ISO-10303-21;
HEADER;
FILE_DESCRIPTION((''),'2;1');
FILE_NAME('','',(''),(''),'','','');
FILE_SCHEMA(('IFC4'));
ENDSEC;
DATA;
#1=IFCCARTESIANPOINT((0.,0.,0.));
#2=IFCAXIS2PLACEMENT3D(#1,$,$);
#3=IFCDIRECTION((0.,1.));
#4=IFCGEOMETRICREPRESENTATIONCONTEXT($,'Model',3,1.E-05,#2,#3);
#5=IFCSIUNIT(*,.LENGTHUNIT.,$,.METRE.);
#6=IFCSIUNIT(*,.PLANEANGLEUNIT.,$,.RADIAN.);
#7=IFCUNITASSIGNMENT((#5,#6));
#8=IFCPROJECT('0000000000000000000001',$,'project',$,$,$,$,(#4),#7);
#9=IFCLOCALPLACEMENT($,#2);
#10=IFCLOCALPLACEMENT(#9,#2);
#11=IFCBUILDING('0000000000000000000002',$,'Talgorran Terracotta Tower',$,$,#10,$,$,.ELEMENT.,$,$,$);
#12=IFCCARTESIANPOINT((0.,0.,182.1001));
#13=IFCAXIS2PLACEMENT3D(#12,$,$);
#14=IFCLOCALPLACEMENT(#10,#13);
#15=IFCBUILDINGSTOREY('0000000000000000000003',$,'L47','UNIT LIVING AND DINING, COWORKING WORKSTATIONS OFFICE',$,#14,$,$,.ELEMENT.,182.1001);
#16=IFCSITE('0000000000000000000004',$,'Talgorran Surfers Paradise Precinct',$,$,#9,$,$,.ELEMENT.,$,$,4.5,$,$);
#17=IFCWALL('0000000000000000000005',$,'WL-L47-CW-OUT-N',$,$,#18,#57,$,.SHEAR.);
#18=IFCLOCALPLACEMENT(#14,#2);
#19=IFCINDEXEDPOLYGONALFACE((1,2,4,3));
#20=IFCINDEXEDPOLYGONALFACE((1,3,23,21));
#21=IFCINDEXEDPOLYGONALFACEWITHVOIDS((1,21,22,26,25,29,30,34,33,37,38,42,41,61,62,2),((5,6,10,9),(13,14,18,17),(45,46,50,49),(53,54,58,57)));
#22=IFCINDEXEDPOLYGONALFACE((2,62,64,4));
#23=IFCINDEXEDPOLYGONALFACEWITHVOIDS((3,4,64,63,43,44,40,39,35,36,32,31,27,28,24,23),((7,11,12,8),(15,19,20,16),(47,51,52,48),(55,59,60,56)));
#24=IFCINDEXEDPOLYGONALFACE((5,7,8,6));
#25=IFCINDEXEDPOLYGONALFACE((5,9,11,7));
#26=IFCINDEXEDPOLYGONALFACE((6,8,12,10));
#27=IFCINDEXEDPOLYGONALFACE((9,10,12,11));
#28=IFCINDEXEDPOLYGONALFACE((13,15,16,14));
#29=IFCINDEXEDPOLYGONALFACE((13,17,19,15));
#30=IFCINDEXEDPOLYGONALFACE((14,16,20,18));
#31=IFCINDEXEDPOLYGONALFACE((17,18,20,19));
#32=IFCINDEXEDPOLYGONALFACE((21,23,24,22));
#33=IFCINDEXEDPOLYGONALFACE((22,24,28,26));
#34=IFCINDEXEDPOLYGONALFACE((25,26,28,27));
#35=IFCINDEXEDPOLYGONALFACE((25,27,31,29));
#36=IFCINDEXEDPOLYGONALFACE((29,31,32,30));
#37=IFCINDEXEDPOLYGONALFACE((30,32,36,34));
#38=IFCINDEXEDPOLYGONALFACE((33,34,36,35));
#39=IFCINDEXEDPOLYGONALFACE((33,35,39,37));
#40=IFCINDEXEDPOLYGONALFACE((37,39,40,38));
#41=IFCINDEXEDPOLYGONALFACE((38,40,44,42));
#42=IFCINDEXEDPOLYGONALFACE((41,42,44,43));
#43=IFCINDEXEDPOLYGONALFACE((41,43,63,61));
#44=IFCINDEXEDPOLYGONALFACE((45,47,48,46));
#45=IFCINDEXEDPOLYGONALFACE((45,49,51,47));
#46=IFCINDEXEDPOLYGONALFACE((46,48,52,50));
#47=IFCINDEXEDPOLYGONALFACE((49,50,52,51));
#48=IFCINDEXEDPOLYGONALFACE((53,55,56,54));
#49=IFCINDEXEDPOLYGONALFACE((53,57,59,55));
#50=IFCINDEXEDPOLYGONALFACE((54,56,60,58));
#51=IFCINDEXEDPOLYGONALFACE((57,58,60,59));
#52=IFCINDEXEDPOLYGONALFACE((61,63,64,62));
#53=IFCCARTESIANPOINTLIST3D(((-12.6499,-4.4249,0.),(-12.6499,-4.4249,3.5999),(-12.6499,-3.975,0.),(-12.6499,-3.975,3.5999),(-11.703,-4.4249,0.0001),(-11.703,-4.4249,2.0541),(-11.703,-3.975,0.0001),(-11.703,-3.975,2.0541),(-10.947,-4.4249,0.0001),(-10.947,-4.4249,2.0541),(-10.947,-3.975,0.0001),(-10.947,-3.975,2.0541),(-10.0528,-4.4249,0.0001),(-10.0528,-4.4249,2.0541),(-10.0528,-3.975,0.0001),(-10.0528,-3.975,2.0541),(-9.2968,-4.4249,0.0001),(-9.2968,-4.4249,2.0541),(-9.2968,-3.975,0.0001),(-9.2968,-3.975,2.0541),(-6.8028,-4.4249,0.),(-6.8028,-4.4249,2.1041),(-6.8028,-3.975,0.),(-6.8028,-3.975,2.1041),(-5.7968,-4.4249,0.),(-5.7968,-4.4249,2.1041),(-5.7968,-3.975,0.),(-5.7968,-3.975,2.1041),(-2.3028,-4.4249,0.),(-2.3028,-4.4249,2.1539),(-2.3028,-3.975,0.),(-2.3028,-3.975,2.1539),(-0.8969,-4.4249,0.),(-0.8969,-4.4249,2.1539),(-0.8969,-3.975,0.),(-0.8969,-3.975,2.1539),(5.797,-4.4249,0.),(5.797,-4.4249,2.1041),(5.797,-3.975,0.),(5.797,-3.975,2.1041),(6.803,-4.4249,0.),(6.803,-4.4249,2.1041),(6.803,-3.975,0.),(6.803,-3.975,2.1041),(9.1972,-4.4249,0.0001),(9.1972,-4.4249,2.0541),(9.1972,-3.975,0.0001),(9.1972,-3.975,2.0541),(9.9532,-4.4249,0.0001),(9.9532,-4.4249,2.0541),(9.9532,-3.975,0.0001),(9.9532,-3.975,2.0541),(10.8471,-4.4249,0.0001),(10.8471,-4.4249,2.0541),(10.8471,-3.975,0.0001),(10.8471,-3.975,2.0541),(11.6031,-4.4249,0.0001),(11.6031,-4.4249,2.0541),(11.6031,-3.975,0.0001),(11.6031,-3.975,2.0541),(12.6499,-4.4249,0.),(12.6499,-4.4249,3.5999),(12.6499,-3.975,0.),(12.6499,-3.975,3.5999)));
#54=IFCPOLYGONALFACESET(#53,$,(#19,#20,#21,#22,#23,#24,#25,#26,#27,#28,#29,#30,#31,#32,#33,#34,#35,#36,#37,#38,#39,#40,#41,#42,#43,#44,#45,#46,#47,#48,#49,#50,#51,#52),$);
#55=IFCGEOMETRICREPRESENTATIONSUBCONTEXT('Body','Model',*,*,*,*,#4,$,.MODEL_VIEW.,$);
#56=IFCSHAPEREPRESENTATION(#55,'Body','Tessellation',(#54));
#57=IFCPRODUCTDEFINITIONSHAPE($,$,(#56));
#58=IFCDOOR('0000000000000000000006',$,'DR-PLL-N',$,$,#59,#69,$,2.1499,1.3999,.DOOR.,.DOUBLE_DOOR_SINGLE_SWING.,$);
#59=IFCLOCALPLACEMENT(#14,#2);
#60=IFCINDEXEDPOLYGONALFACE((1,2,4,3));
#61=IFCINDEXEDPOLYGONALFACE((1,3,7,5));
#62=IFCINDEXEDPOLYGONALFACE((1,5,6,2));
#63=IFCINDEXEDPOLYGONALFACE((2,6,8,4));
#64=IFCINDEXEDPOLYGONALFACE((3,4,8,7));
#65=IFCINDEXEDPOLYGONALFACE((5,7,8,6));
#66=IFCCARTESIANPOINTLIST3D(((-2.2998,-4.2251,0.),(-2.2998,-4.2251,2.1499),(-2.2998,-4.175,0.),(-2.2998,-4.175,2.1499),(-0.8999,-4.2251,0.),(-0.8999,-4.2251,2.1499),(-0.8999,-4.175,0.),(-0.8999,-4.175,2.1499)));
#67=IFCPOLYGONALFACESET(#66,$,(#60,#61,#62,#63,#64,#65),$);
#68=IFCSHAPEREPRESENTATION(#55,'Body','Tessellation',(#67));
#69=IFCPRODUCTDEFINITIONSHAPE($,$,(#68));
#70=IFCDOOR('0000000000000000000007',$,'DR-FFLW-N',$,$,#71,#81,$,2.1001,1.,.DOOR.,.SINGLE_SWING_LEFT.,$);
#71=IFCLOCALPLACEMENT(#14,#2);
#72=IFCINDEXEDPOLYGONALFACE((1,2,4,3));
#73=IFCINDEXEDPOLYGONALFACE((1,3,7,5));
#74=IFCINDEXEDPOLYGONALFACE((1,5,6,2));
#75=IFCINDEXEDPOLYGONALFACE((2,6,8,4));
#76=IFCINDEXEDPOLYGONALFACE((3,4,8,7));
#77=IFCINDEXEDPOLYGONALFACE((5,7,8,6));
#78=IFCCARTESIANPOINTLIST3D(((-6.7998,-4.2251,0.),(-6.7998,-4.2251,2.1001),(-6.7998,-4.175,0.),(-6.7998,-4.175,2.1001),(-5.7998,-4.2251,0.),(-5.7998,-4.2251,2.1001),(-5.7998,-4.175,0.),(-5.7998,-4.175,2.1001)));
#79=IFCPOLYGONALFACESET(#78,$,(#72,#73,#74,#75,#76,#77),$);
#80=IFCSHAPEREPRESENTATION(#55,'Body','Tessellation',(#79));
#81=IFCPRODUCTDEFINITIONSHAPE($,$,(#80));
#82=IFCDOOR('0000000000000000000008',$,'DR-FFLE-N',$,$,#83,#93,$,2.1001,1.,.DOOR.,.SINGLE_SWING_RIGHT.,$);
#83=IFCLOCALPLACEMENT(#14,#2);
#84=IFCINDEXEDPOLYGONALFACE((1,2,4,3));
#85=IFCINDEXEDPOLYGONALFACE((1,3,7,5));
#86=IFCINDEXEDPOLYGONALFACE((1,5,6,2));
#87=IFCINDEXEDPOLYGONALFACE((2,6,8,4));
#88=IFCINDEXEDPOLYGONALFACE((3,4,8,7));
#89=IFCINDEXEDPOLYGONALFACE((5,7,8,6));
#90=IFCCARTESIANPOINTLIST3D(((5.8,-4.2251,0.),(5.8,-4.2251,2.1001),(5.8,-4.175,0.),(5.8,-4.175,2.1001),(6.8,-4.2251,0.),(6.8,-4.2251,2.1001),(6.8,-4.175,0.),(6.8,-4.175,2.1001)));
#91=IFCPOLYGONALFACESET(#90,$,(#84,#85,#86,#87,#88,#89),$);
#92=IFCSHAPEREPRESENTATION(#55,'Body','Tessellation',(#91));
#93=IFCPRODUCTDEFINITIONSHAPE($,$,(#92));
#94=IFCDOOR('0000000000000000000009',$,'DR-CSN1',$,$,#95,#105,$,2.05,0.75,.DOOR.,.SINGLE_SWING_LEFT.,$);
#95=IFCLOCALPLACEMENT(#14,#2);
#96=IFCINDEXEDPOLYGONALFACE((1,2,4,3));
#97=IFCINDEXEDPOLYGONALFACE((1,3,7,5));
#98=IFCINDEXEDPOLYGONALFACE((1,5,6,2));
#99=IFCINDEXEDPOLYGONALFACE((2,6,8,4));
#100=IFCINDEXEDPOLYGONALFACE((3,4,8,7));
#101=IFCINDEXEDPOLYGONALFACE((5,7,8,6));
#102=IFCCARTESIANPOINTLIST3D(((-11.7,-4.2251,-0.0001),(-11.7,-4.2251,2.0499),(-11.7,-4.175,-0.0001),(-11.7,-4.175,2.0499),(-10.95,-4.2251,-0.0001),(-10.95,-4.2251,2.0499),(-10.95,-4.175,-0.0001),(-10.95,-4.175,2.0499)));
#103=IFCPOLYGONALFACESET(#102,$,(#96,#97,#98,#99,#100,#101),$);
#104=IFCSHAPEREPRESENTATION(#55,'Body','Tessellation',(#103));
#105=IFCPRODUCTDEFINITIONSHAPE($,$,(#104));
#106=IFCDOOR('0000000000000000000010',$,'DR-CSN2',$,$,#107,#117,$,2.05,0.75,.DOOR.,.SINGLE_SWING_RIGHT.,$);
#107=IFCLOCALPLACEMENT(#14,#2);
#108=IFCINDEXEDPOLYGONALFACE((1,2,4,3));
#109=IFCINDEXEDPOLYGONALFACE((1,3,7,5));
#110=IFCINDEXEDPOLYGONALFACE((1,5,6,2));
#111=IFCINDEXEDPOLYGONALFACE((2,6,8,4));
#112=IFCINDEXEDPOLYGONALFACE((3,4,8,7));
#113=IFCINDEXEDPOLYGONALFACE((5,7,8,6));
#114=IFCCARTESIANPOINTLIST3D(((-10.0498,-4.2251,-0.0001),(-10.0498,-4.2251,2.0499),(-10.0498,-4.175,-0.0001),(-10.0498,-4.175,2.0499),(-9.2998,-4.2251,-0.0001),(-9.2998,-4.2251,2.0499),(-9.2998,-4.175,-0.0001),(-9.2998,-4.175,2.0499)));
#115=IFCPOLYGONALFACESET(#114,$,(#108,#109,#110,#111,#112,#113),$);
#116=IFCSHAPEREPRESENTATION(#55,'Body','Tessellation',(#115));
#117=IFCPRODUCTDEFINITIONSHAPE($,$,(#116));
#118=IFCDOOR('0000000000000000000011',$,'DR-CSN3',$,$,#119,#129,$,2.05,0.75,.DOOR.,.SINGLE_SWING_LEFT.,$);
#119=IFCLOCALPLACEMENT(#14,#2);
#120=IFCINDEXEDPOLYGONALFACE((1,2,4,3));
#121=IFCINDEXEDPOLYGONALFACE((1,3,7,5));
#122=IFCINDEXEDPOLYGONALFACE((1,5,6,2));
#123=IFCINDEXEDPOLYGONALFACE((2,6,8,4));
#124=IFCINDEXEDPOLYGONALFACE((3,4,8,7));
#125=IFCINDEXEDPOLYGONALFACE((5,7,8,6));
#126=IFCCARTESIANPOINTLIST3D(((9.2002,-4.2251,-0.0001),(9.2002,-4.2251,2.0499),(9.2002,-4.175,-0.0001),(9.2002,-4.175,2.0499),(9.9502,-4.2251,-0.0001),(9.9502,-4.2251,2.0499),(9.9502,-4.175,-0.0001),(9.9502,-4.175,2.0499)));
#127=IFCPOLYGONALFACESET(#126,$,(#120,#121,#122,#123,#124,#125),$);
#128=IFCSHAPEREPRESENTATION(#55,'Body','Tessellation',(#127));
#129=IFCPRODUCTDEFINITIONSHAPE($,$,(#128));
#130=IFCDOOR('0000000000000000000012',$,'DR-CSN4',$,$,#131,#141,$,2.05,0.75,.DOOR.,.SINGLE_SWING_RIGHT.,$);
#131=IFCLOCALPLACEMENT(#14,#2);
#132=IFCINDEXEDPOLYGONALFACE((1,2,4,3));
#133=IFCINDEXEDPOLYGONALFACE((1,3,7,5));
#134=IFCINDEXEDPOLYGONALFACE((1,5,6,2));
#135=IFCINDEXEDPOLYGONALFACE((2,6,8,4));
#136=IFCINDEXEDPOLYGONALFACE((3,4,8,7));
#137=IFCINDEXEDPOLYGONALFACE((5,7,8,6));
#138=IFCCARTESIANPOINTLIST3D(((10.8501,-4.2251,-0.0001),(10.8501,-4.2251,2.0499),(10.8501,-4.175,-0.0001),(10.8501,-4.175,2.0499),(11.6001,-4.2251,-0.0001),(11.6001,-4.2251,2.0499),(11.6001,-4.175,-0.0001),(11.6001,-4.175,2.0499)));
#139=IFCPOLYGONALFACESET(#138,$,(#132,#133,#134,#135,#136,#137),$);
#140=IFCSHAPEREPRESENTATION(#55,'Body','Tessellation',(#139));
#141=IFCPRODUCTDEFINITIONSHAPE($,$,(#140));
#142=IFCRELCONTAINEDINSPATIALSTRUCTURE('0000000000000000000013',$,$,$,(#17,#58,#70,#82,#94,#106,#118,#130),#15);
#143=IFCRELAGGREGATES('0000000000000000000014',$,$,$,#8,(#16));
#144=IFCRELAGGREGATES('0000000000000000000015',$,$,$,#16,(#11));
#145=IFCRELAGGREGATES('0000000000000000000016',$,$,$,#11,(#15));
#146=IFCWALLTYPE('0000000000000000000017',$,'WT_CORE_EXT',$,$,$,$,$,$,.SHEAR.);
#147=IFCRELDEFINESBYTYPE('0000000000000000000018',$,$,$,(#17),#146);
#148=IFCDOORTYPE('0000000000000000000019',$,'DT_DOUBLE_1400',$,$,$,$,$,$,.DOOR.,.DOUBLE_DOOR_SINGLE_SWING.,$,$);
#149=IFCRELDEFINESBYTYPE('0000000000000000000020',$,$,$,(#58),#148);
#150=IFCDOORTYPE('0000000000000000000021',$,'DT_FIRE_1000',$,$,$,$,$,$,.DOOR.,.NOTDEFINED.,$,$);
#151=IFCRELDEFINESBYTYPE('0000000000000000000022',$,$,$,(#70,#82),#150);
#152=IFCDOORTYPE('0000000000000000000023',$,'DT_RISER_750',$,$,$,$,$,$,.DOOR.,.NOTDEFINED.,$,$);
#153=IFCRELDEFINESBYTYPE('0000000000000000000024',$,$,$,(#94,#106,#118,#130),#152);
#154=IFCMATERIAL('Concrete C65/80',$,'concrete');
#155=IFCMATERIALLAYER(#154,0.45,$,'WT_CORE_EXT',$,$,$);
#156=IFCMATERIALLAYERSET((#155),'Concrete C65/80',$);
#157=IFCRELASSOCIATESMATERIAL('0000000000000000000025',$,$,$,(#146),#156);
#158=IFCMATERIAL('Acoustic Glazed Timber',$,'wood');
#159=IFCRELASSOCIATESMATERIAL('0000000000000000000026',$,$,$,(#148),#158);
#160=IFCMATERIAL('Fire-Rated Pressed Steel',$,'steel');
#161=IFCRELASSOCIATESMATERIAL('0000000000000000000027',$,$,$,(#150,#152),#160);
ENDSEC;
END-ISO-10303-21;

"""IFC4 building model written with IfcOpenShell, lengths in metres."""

from ifc_helpers import new_model, si_unit, direction, frame, frame_2d, origin, place, context, subcontext, project, spatial, rectangle, extrude, material, layer, layer_set, type_object, element, fill, save


model = new_model("IFC4")

# Units and contexts
model_context = context("Model", 3, precision=1e-05, world=origin(), true_north=direction((0.0, 1.0)))
body_context = subcontext(model_context, "Body", "Model", "MODEL_VIEW")
ifc_project = project(units=[si_unit("LENGTHUNIT", "METRE"), si_unit("PLANEANGLEUNIT", "RADIAN")], contexts=[model_context])

# Site, building, storey
site_placement = place(None, origin())
site = spatial("IfcSite", under=ifc_project, at=site_placement, Name="Talgorran Surfers Paradise Precinct", CompositionType="ELEMENT", RefElevation=4.5)
building_placement = place(site_placement, origin())
building = spatial("IfcBuilding", under=site, at=building_placement, Name="Talgorran Terracotta Tower", CompositionType="ELEMENT")
storey_placement = place(building_placement, frame((0.0, 0.0, 182.1001)))
storey = spatial("IfcBuildingStorey", under=building, at=storey_placement, Name="L47", Description="UNIT LIVING AND DINING, COWORKING WORKSTATIONS OFFICE", CompositionType="ELEMENT", Elevation=182.1001)

# Wall, openings, doors
ifc_material_1 = material(Name="Concrete C65/80", Category="concrete")
ifc_layer_1 = layer(ifc_material_1, 0.45, Name="WT_CORE_EXT")
ifc_layer_set_1 = layer_set([ifc_layer_1], Name="Concrete C65/80")
wall_type_1 = type_object("IfcWallType", Name="WT_CORE_EXT", PredefinedType="SHEAR", material=ifc_layer_set_1)
wall_1_placement = place(storey_placement, frame((-12.6499, -4.2, 0.0), z_axis=(0.0, 0.0, 1.0), x_axis=(1.0, 0.0, 0.0)))
wall_1 = element("IfcWall", 1, at=wall_1_placement, inside=storey, type_object=wall_type_1, Name="WL-L47-CW-OUT-N", PredefinedType="SHEAR", context=body_context, shape_type="SweptSolid", body=[
    extrude(rectangle(XDim=25.2998, YDim=0.45, at=frame_2d((12.6499, 0.0))), origin(), (0.0, 0.0, 1.0), 3.5999),
])
opening_1_placement = place(wall_1_placement, frame((0.95, 0.0, 0.0)))
opening_1 = element("IfcOpeningElement", 2, at=opening_1_placement, cuts=wall_1, PredefinedType="OPENING", context=body_context, shape_type="SweptSolid", body=[
    extrude(rectangle(XDim=0.756, YDim=2.054, at=frame_2d((0.375, 1.0271))), frame((0.0, 0.2349, 0.0), z_axis=(0.0, -1.0, 0.0), x_axis=(1.0, 0.0, 0.0)), (0.0, 0.0, 1.0), 0.47),
])
opening_2_placement = place(wall_1_placement, frame((2.6001, 0.0, 0.0)))
opening_2 = element("IfcOpeningElement", 3, at=opening_2_placement, cuts=wall_1, PredefinedType="OPENING", context=body_context, shape_type="SweptSolid", body=[
    extrude(rectangle(XDim=0.756, YDim=2.054, at=frame_2d((0.375, 1.0271))), frame((0.0, 0.2349, 0.0), z_axis=(0.0, -1.0, 0.0), x_axis=(1.0, 0.0, 0.0)), (0.0, 0.0, 1.0), 0.47),
])
opening_3_placement = place(wall_1_placement, frame((21.8501, 0.0, 0.0)))
opening_3 = element("IfcOpeningElement", 4, at=opening_3_placement, cuts=wall_1, PredefinedType="OPENING", context=body_context, shape_type="SweptSolid", body=[
    extrude(rectangle(XDim=0.756, YDim=2.054, at=frame_2d((0.375, 1.0271))), frame((0.0, 0.2349, 0.0), z_axis=(0.0, -1.0, 0.0), x_axis=(1.0, 0.0, 0.0)), (0.0, 0.0, 1.0), 0.47),
])
opening_4_placement = place(wall_1_placement, frame((23.5, 0.0, 0.0)))
opening_4 = element("IfcOpeningElement", 5, at=opening_4_placement, cuts=wall_1, PredefinedType="OPENING", context=body_context, shape_type="SweptSolid", body=[
    extrude(rectangle(XDim=0.756, YDim=2.054, at=frame_2d((0.375, 1.0271))), frame((0.0, 0.2349, 0.0), z_axis=(0.0, -1.0, 0.0), x_axis=(1.0, 0.0, 0.0)), (0.0, 0.0, 1.0), 0.47),
])
opening_5_placement = place(wall_1_placement, frame((5.8501, 0.0, 0.0)))
opening_5 = element("IfcOpeningElement", 6, at=opening_5_placement, cuts=wall_1, PredefinedType="OPENING", context=body_context, shape_type="SweptSolid", body=[
    extrude(rectangle(XDim=1.006, YDim=2.1041, at=frame_2d((0.5, 1.052))), frame((0.0, 0.2349, 0.0), z_axis=(0.0, -1.0, 0.0), x_axis=(1.0, 0.0, 0.0)), (0.0, 0.0, 1.0), 0.47),
])
opening_6_placement = place(wall_1_placement, frame((10.3501, 0.0, 0.0)))
opening_6 = element("IfcOpeningElement", 7, at=opening_6_placement, cuts=wall_1, PredefinedType="OPENING", context=body_context, shape_type="SweptSolid", body=[
    extrude(rectangle(XDim=1.4059, YDim=2.1539, at=frame_2d((0.7, 1.0769))), frame((0.0, 0.2349, 0.0), z_axis=(0.0, -1.0, 0.0), x_axis=(1.0, 0.0, 0.0)), (0.0, 0.0, 1.0), 0.47),
])
opening_7_placement = place(wall_1_placement, frame((18.45, 0.0, 0.0)))
opening_7 = element("IfcOpeningElement", 8, at=opening_7_placement, cuts=wall_1, PredefinedType="OPENING", context=body_context, shape_type="SweptSolid", body=[
    extrude(rectangle(XDim=1.006, YDim=2.1041, at=frame_2d((0.5, 1.052))), frame((0.0, 0.2349, 0.0), z_axis=(0.0, -1.0, 0.0), x_axis=(1.0, 0.0, 0.0)), (0.0, 0.0, 1.0), 0.47),
])
ifc_material_2 = material(Name="Acoustic Glazed Timber", Category="wood")
door_type_1 = type_object("IfcDoorType", Name="DT_DOUBLE_1400", OperationType="DOUBLE_DOOR_SINGLE_SWING", PredefinedType="DOOR", material=ifc_material_2)
door_1_placement = place(opening_6_placement, origin())
door_1 = element("IfcDoor", 9, at=door_1_placement, inside=storey, type_object=door_type_1, Name="DR-PLL-N", OperationType="DOUBLE_DOOR_SINGLE_SWING", OverallHeight=2.1499, OverallWidth=1.3999, PredefinedType="DOOR", context=body_context, shape_type="SweptSolid", body=[
    extrude(rectangle(XDim=1.3999, YDim=2.1499, at=frame_2d((0.7, 1.075))), frame((0.0, 0.0249, 0.0), z_axis=(0.0, -1.0, 0.0), x_axis=(1.0, 0.0, 0.0)), (0.0, 0.0, 1.0), 0.05),
])
fill(opening_6, door_1)
ifc_material_3 = material(Name="Fire-Rated Pressed Steel", Category="steel")
door_type_2 = type_object("IfcDoorType", Name="DT_FIRE_1000", OperationType="NOTDEFINED", PredefinedType="DOOR", material=ifc_material_3)
door_2_placement = place(opening_5_placement, origin())
door_2 = element("IfcDoor", 10, at=door_2_placement, inside=storey, type_object=door_type_2, Name="DR-FFLW-N", OperationType="SINGLE_SWING_LEFT", OverallHeight=2.1001, OverallWidth=1.0, PredefinedType="DOOR", context=body_context, shape_type="SweptSolid", body=[
    extrude(rectangle(XDim=1.0, YDim=2.1001, at=frame_2d((0.5, 1.05))), frame((0.0, 0.0249, 0.0), z_axis=(0.0, -1.0, 0.0), x_axis=(1.0, 0.0, 0.0)), (0.0, 0.0, 1.0), 0.05),
])
fill(opening_5, door_2)
door_3_placement = place(opening_7_placement, origin())
door_3 = element("IfcDoor", 11, at=door_3_placement, inside=storey, type_object=door_type_2, Name="DR-FFLE-N", OperationType="SINGLE_SWING_RIGHT", OverallHeight=2.1001, OverallWidth=1.0, PredefinedType="DOOR", context=body_context, shape_type="SweptSolid", body=[
    extrude(rectangle(XDim=1.0, YDim=2.1001, at=frame_2d((0.5, 1.05))), frame((0.0, 0.0249, 0.0), z_axis=(0.0, -1.0, 0.0), x_axis=(1.0, 0.0, 0.0)), (0.0, 0.0, 1.0), 0.05),
])
fill(opening_7, door_3)
door_type_3 = type_object("IfcDoorType", Name="DT_RISER_750", OperationType="NOTDEFINED", PredefinedType="DOOR", material=ifc_material_3)
door_4_placement = place(opening_1_placement, origin())
door_4 = element("IfcDoor", 12, at=door_4_placement, inside=storey, type_object=door_type_3, Name="DR-CSN1", OperationType="SINGLE_SWING_LEFT", OverallHeight=2.05, OverallWidth=0.75, PredefinedType="DOOR", context=body_context, shape_type="SweptSolid", body=[
    extrude(rectangle(XDim=0.75, YDim=2.05, at=frame_2d((0.375, 1.0249))), frame((0.0, 0.0249, 0.0), z_axis=(0.0, -1.0, 0.0), x_axis=(1.0, 0.0, 0.0)), (0.0, 0.0, 1.0), 0.05),
])
fill(opening_1, door_4)
door_5_placement = place(opening_2_placement, origin())
door_5 = element("IfcDoor", 13, at=door_5_placement, inside=storey, type_object=door_type_3, Name="DR-CSN2", OperationType="SINGLE_SWING_RIGHT", OverallHeight=2.05, OverallWidth=0.75, PredefinedType="DOOR", context=body_context, shape_type="SweptSolid", body=[
    extrude(rectangle(XDim=0.75, YDim=2.05, at=frame_2d((0.375, 1.0249))), frame((0.0, 0.0249, 0.0), z_axis=(0.0, -1.0, 0.0), x_axis=(1.0, 0.0, 0.0)), (0.0, 0.0, 1.0), 0.05),
])
fill(opening_2, door_5)
door_6_placement = place(opening_3_placement, origin())
door_6 = element("IfcDoor", 14, at=door_6_placement, inside=storey, type_object=door_type_3, Name="DR-CSN3", OperationType="SINGLE_SWING_LEFT", OverallHeight=2.05, OverallWidth=0.75, PredefinedType="DOOR", context=body_context, shape_type="SweptSolid", body=[
    extrude(rectangle(XDim=0.75, YDim=2.05, at=frame_2d((0.375, 1.0249))), frame((0.0, 0.0249, 0.0), z_axis=(0.0, -1.0, 0.0), x_axis=(1.0, 0.0, 0.0)), (0.0, 0.0, 1.0), 0.05),
])
fill(opening_3, door_6)
door_7_placement = place(opening_4_placement, origin())
door_7 = element("IfcDoor", 15, at=door_7_placement, inside=storey, type_object=door_type_3, Name="DR-CSN4", OperationType="SINGLE_SWING_RIGHT", OverallHeight=2.05, OverallWidth=0.75, PredefinedType="DOOR", context=body_context, shape_type="SweptSolid", body=[
    extrude(rectangle(XDim=0.75, YDim=2.05, at=frame_2d((0.375, 1.0249))), frame((0.0, 0.0249, 0.0), z_axis=(0.0, -1.0, 0.0), x_axis=(1.0, 0.0, 0.0)), (0.0, 0.0, 1.0), 0.05),
])
fill(opening_4, door_7)

save(model, "model.ifc")
